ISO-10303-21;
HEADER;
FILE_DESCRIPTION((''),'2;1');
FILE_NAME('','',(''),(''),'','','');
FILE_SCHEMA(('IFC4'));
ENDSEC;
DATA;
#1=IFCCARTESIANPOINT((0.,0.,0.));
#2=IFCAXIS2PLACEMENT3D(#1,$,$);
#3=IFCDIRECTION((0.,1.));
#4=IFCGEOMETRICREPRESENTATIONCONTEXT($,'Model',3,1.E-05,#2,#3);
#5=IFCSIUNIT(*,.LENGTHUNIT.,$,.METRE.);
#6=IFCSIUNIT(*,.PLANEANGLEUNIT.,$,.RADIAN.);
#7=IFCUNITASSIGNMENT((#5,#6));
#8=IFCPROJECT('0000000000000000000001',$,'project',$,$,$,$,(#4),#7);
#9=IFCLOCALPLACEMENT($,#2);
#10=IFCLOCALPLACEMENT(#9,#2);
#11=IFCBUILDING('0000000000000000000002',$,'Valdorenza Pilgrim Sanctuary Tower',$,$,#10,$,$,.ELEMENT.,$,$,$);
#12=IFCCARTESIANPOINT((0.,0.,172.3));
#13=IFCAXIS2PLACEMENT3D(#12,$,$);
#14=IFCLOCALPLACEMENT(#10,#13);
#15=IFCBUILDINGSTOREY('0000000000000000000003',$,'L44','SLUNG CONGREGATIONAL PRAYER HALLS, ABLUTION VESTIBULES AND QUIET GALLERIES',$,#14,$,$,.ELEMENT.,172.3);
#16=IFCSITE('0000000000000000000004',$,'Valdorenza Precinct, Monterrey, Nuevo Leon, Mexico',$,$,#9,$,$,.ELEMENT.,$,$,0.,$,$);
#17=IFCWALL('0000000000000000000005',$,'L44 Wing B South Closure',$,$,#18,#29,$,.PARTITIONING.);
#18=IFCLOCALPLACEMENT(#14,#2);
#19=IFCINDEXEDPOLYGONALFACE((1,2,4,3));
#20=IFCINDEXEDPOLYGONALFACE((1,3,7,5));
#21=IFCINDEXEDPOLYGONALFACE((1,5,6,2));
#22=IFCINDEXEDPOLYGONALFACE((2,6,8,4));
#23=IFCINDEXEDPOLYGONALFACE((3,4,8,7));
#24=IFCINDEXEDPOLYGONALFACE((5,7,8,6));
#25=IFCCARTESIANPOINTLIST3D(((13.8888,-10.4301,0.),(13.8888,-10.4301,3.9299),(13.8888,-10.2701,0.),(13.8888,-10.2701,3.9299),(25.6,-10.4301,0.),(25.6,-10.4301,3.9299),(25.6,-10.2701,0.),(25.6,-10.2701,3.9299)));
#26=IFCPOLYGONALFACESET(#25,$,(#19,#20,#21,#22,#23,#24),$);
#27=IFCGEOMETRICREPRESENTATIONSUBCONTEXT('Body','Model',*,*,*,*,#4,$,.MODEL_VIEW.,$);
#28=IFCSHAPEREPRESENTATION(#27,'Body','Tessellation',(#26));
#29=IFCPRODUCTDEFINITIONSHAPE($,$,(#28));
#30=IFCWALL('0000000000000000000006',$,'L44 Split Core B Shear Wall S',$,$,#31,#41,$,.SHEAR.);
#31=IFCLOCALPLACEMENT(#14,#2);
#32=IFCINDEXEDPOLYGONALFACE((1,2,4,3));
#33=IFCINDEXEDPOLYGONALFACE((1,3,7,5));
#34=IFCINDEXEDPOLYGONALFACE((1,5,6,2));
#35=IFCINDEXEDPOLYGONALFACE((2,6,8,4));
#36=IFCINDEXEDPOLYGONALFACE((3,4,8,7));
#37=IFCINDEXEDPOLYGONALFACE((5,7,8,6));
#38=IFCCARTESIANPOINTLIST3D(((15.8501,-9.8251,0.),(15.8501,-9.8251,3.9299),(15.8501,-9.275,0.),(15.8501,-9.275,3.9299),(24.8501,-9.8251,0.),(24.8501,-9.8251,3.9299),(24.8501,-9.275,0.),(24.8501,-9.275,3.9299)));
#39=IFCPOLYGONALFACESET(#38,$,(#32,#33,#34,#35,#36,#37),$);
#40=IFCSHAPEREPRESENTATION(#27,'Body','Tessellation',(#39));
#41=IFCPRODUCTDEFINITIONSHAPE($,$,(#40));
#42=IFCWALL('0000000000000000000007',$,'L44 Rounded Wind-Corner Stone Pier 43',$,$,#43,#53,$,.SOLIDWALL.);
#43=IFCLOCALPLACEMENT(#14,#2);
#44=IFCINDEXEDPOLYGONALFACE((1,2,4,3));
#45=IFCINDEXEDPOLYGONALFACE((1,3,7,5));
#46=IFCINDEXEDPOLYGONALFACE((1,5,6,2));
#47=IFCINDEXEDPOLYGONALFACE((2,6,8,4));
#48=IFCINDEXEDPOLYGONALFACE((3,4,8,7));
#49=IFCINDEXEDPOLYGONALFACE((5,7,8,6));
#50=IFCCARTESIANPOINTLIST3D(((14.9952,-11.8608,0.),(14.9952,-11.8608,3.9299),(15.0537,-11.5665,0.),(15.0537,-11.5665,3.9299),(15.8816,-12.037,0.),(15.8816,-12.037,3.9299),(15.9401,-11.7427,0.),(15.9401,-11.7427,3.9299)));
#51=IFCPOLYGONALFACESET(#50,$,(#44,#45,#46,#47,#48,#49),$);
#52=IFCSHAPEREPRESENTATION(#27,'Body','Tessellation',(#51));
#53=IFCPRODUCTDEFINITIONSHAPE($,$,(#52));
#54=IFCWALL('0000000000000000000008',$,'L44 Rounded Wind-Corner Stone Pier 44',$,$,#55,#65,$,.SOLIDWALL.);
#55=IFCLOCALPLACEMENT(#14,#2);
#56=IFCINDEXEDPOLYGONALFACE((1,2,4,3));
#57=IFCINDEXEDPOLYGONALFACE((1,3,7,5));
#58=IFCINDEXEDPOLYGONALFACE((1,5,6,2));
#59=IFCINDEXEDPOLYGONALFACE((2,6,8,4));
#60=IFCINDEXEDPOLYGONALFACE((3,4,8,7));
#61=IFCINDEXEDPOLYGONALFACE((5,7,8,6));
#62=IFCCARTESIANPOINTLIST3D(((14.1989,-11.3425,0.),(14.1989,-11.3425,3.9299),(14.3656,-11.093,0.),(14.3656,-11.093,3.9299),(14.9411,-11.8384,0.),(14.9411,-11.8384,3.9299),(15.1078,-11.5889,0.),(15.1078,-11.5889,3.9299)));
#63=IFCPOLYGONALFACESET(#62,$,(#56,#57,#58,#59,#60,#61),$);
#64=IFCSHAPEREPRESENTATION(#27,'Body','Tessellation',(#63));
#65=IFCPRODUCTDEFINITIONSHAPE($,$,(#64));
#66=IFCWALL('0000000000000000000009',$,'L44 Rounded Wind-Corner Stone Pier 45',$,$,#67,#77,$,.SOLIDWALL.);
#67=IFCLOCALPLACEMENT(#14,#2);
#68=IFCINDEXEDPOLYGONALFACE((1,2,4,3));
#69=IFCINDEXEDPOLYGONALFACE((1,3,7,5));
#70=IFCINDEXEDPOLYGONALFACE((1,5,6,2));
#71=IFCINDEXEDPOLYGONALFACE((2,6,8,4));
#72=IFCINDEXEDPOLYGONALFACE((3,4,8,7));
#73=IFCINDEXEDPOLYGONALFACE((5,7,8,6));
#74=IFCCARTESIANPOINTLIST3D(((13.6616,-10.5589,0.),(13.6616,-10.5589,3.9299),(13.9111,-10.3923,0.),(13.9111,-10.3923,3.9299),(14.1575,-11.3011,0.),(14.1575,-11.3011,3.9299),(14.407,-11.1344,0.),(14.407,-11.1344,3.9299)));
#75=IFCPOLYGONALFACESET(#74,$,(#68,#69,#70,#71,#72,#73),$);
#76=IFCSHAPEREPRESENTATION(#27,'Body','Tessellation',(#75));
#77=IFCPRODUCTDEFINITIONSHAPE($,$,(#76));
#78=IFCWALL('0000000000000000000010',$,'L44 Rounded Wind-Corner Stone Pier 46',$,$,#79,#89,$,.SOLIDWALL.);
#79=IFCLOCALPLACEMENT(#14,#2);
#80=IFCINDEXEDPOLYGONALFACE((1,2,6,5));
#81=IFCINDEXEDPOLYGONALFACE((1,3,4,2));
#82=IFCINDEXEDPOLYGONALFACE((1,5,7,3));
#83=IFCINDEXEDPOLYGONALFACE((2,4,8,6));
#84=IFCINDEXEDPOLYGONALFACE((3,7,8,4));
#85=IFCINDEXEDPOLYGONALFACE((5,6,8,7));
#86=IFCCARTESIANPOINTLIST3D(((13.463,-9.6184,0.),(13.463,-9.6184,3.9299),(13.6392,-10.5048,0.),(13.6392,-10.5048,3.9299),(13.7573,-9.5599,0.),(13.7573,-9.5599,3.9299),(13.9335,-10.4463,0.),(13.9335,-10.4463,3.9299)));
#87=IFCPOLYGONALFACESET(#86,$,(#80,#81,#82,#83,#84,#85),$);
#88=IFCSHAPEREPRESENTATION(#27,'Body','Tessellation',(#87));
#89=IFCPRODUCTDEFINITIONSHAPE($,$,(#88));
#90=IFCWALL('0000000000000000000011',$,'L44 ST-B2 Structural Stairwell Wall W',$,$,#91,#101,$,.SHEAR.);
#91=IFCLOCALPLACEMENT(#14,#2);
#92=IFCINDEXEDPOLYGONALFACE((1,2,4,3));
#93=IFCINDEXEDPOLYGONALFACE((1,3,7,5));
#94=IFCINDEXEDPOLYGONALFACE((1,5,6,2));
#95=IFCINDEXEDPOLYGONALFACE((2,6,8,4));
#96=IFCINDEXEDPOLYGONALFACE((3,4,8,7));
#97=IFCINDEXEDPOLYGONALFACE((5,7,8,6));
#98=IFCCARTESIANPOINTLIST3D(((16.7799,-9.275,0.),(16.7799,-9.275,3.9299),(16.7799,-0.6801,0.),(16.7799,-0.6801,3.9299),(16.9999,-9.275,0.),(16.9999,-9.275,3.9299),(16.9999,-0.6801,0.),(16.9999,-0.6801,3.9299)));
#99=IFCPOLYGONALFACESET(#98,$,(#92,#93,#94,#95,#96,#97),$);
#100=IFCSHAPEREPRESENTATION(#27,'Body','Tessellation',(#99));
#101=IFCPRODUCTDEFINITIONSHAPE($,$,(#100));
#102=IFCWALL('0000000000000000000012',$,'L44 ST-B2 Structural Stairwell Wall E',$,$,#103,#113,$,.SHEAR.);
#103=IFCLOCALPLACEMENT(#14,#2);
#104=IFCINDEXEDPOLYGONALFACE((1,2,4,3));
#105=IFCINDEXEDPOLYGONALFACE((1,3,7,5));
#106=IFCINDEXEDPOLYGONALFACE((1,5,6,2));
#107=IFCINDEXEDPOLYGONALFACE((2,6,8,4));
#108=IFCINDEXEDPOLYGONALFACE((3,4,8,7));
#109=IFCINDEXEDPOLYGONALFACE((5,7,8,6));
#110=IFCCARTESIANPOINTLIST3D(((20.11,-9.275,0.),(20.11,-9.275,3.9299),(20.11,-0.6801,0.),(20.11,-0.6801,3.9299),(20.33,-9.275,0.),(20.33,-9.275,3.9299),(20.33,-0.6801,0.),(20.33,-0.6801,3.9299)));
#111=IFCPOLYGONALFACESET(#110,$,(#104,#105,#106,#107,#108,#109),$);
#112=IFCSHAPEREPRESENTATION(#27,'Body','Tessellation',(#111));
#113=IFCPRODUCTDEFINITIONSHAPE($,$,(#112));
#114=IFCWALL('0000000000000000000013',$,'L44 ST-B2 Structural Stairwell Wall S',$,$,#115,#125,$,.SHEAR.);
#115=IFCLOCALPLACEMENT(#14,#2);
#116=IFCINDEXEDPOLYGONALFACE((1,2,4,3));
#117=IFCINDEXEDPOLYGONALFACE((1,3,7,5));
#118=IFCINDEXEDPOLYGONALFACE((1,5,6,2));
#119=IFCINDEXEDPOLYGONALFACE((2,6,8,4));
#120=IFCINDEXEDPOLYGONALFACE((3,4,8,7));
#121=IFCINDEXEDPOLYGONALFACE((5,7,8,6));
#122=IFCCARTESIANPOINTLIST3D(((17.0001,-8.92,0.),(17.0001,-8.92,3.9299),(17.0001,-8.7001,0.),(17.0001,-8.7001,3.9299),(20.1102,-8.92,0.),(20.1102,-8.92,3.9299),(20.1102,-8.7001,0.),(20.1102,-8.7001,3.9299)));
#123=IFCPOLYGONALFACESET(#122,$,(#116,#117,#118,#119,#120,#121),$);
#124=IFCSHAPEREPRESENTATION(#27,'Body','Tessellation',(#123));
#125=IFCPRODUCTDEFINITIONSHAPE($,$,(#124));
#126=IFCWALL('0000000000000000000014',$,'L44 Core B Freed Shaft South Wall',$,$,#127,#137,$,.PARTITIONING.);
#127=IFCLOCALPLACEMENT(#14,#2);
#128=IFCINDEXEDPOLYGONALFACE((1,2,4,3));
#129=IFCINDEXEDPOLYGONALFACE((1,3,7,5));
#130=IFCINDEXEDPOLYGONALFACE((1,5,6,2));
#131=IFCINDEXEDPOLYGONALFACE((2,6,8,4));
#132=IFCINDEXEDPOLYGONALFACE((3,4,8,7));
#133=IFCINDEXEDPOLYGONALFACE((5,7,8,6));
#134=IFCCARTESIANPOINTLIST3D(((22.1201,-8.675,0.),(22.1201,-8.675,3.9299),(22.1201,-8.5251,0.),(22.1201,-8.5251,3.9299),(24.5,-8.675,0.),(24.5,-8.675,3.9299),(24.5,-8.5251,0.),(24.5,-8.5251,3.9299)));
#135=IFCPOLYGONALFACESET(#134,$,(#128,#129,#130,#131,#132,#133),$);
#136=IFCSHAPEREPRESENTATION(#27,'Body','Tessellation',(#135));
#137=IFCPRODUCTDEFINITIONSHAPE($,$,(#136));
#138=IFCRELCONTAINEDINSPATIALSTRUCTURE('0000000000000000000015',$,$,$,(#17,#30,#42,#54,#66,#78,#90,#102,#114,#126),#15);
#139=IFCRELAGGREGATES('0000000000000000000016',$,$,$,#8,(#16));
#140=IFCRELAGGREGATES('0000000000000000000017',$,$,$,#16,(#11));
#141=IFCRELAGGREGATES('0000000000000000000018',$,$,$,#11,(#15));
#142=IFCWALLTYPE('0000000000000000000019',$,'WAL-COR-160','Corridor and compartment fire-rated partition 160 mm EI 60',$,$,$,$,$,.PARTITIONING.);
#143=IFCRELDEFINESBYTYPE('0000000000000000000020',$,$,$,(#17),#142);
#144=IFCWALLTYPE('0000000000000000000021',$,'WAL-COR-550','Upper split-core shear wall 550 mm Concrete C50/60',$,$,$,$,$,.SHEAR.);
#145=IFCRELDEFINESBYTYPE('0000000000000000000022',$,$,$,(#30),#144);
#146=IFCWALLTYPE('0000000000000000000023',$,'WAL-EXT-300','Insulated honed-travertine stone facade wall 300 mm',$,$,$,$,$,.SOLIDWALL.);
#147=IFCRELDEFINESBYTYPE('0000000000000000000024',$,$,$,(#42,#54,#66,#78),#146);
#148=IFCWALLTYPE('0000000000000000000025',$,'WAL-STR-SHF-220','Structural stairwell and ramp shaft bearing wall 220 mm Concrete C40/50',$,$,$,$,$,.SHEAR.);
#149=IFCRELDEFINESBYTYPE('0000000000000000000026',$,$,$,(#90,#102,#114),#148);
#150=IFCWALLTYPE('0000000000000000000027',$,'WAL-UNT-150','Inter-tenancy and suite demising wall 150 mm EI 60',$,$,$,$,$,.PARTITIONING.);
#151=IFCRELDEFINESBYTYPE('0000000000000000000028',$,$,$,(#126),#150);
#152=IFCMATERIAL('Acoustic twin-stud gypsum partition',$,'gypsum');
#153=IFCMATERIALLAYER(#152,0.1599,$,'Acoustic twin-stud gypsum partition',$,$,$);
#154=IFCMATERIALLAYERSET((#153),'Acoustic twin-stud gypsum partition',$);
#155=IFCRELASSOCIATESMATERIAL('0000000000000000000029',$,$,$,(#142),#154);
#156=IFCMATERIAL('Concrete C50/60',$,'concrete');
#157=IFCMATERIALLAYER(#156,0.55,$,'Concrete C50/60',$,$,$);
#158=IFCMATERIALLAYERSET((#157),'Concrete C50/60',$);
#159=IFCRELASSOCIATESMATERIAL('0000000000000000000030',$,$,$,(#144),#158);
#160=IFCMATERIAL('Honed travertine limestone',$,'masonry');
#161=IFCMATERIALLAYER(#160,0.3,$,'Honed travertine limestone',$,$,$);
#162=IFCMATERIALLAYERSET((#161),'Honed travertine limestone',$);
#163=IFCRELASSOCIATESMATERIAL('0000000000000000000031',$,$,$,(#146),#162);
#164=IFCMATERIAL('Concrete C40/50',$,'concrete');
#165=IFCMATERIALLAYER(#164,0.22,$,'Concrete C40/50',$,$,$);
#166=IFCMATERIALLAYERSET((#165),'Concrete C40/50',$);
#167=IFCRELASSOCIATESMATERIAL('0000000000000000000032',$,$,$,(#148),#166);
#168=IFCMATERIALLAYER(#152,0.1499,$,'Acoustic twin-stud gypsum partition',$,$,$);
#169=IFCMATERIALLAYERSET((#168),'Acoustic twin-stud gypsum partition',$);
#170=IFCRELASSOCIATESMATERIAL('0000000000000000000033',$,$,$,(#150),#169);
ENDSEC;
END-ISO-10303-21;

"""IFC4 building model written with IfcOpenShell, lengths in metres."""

from ifc_helpers import new_model, si_unit, direction, frame, frame_2d, origin, place, context, subcontext, project, spatial, rectangle, extrude, material, layer, layer_set, type_object, element, save


model = new_model("IFC4")

# Units and contexts
model_context = context("Model", 3, precision=1e-05, world=origin(), true_north=direction((0.0, 1.0)))
body_context = subcontext(model_context, "Body", "Model", "MODEL_VIEW")
ifc_project = project(units=[si_unit("LENGTHUNIT", "METRE"), si_unit("PLANEANGLEUNIT", "RADIAN")], contexts=[model_context])

# Site, building, storey
site_placement = place(None, origin())
site = spatial("IfcSite", under=ifc_project, at=site_placement, Name="Valdorenza Precinct, Monterrey, Nuevo Leon, Mexico", CompositionType="ELEMENT", RefElevation=0.0)
building_placement = place(site_placement, origin())
building = spatial("IfcBuilding", under=site, at=building_placement, Name="Valdorenza Pilgrim Sanctuary Tower", CompositionType="ELEMENT")
storey_placement = place(building_placement, frame((0.0, 0.0, 172.3)))
storey = spatial("IfcBuildingStorey", under=building, at=storey_placement, Name="L44", Description="SLUNG CONGREGATIONAL PRAYER HALLS, ABLUTION VESTIBULES AND QUIET GALLERIES", CompositionType="ELEMENT", Elevation=172.3)

# Shared definitions
ifc_material_1 = material(Name="Concrete C50/60", Category="concrete")

# Shared definitions
ifc_material_2 = material(Name="Honed travertine limestone", Category="masonry")

# Shared definitions
ifc_material_3 = material(Name="Acoustic twin-stud gypsum partition", Category="gypsum")
ifc_layer_1 = layer(ifc_material_3, 0.1599, Name="Acoustic twin-stud gypsum partition")
ifc_layer_set_1 = layer_set([ifc_layer_1], Name="Acoustic twin-stud gypsum partition")
wall_type_1 = type_object("IfcWallType", Name="WAL-COR-160", Description="Corridor and compartment fire-rated partition 160 mm EI 60", PredefinedType="PARTITIONING", material=ifc_layer_set_1)

# Walls
wall_1_placement = place(storey_placement, frame((13.8889, -10.3501, 0.0), z_axis=(0.0, 0.0, 1.0), x_axis=(1.0, 0.0, 0.0)))
element("IfcWall", 1, at=wall_1_placement, inside=storey, type_object=wall_type_1, Name="L44 Wing B South Closure", PredefinedType="PARTITIONING", context=body_context, shape_type="SweptSolid", body=[
    extrude(rectangle(XDim=11.7112, YDim=0.1599, at=frame_2d((5.8555, 0.0))), origin(), (0.0, 0.0, 1.0), 3.9299),
])
ifc_layer_2 = layer(ifc_material_1, 0.55, Name="Concrete C50/60")
ifc_layer_set_2 = layer_set([ifc_layer_2], Name="Concrete C50/60")
wall_type_2 = type_object("IfcWallType", Name="WAL-COR-550", Description="Upper split-core shear wall 550 mm Concrete C50/60", PredefinedType="SHEAR", material=ifc_layer_set_2)
wall_2_placement = place(storey_placement, frame((15.8501, -9.55, 0.0), z_axis=(0.0, 0.0, 1.0), x_axis=(1.0, 0.0, 0.0)))
element("IfcWall", 2, at=wall_2_placement, inside=storey, type_object=wall_type_2, Name="L44 Split Core B Shear Wall S", PredefinedType="SHEAR", context=body_context, shape_type="SweptSolid", body=[
    extrude(rectangle(XDim=9.0, YDim=0.55, at=frame_2d((4.5, 0.0))), origin(), (0.0, 0.0, 1.0), 3.9299),
])
ifc_layer_3 = layer(ifc_material_2, 0.3, Name="Honed travertine limestone")
ifc_layer_set_3 = layer_set([ifc_layer_3], Name="Honed travertine limestone")
wall_type_3 = type_object("IfcWallType", Name="WAL-EXT-300", Description="Insulated honed-travertine stone facade wall 300 mm", PredefinedType="SOLIDWALL", material=ifc_layer_set_3)
wall_3_placement = place(storey_placement, frame((15.9109, -11.8899, 0.0), z_axis=(0.0, 0.0, 1.0), x_axis=(-0.980798, 0.195025, 0.0)))
element("IfcWall", 3, at=wall_3_placement, inside=storey, type_object=wall_type_3, Name="L44 Rounded Wind-Corner Stone Pier 43", PredefinedType="SOLIDWALL", context=body_context, shape_type="SweptSolid", body=[
    extrude(rectangle(XDim=0.9038, YDim=0.3, at=frame_2d((0.4519, 0.0))), origin(), (0.0, 0.0, 1.0), 3.9299),
])
for number, where, z_axis, x_axis, name in (
    (4, (15.0244, -11.7136, 0.0), (0.0, 0.0, 1.0), (-0.831503, 0.55552, 0.0), "L44 Rounded Wind-Corner Stone Pier 44"),
    (5, (14.2822, -11.2178, 0.0), (0.0, 0.0, 1.0), (-0.55552, 0.831503, 0.0), "L44 Rounded Wind-Corner Stone Pier 45"),
):
    element("IfcWall", number, at=place(storey_placement, frame(where, z_axis=z_axis, x_axis=x_axis)), inside=storey, type_object=wall_type_3, Name=name, PredefinedType="SOLIDWALL", context=body_context, shape_type="SweptSolid", body=[
        extrude(rectangle(XDim=0.8926, YDim=0.3, at=frame_2d((0.4463, 0.0))), origin(), (0.0, 0.0, 1.0), 3.9299),
    ])
wall_4_placement = place(storey_placement, frame((13.7864, -10.4756, 0.0), z_axis=(0.0, 0.0, 1.0), x_axis=(-0.195025, 0.980798, 0.0)))
element("IfcWall", 6, at=wall_4_placement, inside=storey, type_object=wall_type_3, Name="L44 Rounded Wind-Corner Stone Pier 46", PredefinedType="SOLIDWALL", context=body_context, shape_type="SweptSolid", body=[
    extrude(rectangle(XDim=0.9038, YDim=0.3, at=frame_2d((0.4519, 0.0))), origin(), (0.0, 0.0, 1.0), 3.9299),
])
ifc_material_4 = material(Name="Concrete C40/50", Category="concrete")
ifc_layer_4 = layer(ifc_material_4, 0.22, Name="Concrete C40/50")
ifc_layer_set_4 = layer_set([ifc_layer_4], Name="Concrete C40/50")
wall_type_4 = type_object("IfcWallType", Name="WAL-STR-SHF-220", Description="Structural stairwell and ramp shaft bearing wall 220 mm Concrete C40/50", PredefinedType="SHEAR", material=ifc_layer_set_4)
for number, where, z_axis, x_axis, name in (
    (7, (16.8899, -9.2749, 0.0), (0.0, 0.0, 1.0), (0.0, 1.0, 0.0), "L44 ST-B2 Structural Stairwell Wall W"),
    (8, (20.22, -9.2749, 0.0), (0.0, 0.0, 1.0), (0.0, 1.0, 0.0), "L44 ST-B2 Structural Stairwell Wall E"),
):
    element("IfcWall", number, at=place(storey_placement, frame(where, z_axis=z_axis, x_axis=x_axis)), inside=storey, type_object=wall_type_4, Name=name, PredefinedType="SHEAR", context=body_context, shape_type="SweptSolid", body=[
        extrude(rectangle(XDim=8.595, YDim=0.22, at=frame_2d((4.2974, 0.0))), origin(), (0.0, 0.0, 1.0), 3.9299),
    ])
wall_5_placement = place(storey_placement, frame((17.0, -8.8101, 0.0), z_axis=(0.0, 0.0, 1.0), x_axis=(1.0, 0.0, 0.0)))
element("IfcWall", 9, at=wall_5_placement, inside=storey, type_object=wall_type_4, Name="L44 ST-B2 Structural Stairwell Wall S", PredefinedType="SHEAR", context=body_context, shape_type="SweptSolid", body=[
    extrude(rectangle(XDim=3.1101, YDim=0.22, at=frame_2d((1.5552, 0.0))), origin(), (0.0, 0.0, 1.0), 3.9299),
])
ifc_layer_5 = layer(ifc_material_3, 0.1499, Name="Acoustic twin-stud gypsum partition")
ifc_layer_set_5 = layer_set([ifc_layer_5], Name="Acoustic twin-stud gypsum partition")
wall_type_5 = type_object("IfcWallType", Name="WAL-UNT-150", Description="Inter-tenancy and suite demising wall 150 mm EI 60", PredefinedType="PARTITIONING", material=ifc_layer_set_5)
wall_6_placement = place(storey_placement, frame((22.1201, -8.6001, 0.0), z_axis=(0.0, 0.0, 1.0), x_axis=(1.0, 0.0, 0.0)))
element("IfcWall", 10, at=wall_6_placement, inside=storey, type_object=wall_type_5, Name="L44 Core B Freed Shaft South Wall", PredefinedType="PARTITIONING", context=body_context, shape_type="SweptSolid", body=[
    extrude(rectangle(XDim=2.3799, YDim=0.1499, at=frame_2d((1.1899, 0.0))), origin(), (0.0, 0.0, 1.0), 3.9299),
])

save(model, "model.ifc")
